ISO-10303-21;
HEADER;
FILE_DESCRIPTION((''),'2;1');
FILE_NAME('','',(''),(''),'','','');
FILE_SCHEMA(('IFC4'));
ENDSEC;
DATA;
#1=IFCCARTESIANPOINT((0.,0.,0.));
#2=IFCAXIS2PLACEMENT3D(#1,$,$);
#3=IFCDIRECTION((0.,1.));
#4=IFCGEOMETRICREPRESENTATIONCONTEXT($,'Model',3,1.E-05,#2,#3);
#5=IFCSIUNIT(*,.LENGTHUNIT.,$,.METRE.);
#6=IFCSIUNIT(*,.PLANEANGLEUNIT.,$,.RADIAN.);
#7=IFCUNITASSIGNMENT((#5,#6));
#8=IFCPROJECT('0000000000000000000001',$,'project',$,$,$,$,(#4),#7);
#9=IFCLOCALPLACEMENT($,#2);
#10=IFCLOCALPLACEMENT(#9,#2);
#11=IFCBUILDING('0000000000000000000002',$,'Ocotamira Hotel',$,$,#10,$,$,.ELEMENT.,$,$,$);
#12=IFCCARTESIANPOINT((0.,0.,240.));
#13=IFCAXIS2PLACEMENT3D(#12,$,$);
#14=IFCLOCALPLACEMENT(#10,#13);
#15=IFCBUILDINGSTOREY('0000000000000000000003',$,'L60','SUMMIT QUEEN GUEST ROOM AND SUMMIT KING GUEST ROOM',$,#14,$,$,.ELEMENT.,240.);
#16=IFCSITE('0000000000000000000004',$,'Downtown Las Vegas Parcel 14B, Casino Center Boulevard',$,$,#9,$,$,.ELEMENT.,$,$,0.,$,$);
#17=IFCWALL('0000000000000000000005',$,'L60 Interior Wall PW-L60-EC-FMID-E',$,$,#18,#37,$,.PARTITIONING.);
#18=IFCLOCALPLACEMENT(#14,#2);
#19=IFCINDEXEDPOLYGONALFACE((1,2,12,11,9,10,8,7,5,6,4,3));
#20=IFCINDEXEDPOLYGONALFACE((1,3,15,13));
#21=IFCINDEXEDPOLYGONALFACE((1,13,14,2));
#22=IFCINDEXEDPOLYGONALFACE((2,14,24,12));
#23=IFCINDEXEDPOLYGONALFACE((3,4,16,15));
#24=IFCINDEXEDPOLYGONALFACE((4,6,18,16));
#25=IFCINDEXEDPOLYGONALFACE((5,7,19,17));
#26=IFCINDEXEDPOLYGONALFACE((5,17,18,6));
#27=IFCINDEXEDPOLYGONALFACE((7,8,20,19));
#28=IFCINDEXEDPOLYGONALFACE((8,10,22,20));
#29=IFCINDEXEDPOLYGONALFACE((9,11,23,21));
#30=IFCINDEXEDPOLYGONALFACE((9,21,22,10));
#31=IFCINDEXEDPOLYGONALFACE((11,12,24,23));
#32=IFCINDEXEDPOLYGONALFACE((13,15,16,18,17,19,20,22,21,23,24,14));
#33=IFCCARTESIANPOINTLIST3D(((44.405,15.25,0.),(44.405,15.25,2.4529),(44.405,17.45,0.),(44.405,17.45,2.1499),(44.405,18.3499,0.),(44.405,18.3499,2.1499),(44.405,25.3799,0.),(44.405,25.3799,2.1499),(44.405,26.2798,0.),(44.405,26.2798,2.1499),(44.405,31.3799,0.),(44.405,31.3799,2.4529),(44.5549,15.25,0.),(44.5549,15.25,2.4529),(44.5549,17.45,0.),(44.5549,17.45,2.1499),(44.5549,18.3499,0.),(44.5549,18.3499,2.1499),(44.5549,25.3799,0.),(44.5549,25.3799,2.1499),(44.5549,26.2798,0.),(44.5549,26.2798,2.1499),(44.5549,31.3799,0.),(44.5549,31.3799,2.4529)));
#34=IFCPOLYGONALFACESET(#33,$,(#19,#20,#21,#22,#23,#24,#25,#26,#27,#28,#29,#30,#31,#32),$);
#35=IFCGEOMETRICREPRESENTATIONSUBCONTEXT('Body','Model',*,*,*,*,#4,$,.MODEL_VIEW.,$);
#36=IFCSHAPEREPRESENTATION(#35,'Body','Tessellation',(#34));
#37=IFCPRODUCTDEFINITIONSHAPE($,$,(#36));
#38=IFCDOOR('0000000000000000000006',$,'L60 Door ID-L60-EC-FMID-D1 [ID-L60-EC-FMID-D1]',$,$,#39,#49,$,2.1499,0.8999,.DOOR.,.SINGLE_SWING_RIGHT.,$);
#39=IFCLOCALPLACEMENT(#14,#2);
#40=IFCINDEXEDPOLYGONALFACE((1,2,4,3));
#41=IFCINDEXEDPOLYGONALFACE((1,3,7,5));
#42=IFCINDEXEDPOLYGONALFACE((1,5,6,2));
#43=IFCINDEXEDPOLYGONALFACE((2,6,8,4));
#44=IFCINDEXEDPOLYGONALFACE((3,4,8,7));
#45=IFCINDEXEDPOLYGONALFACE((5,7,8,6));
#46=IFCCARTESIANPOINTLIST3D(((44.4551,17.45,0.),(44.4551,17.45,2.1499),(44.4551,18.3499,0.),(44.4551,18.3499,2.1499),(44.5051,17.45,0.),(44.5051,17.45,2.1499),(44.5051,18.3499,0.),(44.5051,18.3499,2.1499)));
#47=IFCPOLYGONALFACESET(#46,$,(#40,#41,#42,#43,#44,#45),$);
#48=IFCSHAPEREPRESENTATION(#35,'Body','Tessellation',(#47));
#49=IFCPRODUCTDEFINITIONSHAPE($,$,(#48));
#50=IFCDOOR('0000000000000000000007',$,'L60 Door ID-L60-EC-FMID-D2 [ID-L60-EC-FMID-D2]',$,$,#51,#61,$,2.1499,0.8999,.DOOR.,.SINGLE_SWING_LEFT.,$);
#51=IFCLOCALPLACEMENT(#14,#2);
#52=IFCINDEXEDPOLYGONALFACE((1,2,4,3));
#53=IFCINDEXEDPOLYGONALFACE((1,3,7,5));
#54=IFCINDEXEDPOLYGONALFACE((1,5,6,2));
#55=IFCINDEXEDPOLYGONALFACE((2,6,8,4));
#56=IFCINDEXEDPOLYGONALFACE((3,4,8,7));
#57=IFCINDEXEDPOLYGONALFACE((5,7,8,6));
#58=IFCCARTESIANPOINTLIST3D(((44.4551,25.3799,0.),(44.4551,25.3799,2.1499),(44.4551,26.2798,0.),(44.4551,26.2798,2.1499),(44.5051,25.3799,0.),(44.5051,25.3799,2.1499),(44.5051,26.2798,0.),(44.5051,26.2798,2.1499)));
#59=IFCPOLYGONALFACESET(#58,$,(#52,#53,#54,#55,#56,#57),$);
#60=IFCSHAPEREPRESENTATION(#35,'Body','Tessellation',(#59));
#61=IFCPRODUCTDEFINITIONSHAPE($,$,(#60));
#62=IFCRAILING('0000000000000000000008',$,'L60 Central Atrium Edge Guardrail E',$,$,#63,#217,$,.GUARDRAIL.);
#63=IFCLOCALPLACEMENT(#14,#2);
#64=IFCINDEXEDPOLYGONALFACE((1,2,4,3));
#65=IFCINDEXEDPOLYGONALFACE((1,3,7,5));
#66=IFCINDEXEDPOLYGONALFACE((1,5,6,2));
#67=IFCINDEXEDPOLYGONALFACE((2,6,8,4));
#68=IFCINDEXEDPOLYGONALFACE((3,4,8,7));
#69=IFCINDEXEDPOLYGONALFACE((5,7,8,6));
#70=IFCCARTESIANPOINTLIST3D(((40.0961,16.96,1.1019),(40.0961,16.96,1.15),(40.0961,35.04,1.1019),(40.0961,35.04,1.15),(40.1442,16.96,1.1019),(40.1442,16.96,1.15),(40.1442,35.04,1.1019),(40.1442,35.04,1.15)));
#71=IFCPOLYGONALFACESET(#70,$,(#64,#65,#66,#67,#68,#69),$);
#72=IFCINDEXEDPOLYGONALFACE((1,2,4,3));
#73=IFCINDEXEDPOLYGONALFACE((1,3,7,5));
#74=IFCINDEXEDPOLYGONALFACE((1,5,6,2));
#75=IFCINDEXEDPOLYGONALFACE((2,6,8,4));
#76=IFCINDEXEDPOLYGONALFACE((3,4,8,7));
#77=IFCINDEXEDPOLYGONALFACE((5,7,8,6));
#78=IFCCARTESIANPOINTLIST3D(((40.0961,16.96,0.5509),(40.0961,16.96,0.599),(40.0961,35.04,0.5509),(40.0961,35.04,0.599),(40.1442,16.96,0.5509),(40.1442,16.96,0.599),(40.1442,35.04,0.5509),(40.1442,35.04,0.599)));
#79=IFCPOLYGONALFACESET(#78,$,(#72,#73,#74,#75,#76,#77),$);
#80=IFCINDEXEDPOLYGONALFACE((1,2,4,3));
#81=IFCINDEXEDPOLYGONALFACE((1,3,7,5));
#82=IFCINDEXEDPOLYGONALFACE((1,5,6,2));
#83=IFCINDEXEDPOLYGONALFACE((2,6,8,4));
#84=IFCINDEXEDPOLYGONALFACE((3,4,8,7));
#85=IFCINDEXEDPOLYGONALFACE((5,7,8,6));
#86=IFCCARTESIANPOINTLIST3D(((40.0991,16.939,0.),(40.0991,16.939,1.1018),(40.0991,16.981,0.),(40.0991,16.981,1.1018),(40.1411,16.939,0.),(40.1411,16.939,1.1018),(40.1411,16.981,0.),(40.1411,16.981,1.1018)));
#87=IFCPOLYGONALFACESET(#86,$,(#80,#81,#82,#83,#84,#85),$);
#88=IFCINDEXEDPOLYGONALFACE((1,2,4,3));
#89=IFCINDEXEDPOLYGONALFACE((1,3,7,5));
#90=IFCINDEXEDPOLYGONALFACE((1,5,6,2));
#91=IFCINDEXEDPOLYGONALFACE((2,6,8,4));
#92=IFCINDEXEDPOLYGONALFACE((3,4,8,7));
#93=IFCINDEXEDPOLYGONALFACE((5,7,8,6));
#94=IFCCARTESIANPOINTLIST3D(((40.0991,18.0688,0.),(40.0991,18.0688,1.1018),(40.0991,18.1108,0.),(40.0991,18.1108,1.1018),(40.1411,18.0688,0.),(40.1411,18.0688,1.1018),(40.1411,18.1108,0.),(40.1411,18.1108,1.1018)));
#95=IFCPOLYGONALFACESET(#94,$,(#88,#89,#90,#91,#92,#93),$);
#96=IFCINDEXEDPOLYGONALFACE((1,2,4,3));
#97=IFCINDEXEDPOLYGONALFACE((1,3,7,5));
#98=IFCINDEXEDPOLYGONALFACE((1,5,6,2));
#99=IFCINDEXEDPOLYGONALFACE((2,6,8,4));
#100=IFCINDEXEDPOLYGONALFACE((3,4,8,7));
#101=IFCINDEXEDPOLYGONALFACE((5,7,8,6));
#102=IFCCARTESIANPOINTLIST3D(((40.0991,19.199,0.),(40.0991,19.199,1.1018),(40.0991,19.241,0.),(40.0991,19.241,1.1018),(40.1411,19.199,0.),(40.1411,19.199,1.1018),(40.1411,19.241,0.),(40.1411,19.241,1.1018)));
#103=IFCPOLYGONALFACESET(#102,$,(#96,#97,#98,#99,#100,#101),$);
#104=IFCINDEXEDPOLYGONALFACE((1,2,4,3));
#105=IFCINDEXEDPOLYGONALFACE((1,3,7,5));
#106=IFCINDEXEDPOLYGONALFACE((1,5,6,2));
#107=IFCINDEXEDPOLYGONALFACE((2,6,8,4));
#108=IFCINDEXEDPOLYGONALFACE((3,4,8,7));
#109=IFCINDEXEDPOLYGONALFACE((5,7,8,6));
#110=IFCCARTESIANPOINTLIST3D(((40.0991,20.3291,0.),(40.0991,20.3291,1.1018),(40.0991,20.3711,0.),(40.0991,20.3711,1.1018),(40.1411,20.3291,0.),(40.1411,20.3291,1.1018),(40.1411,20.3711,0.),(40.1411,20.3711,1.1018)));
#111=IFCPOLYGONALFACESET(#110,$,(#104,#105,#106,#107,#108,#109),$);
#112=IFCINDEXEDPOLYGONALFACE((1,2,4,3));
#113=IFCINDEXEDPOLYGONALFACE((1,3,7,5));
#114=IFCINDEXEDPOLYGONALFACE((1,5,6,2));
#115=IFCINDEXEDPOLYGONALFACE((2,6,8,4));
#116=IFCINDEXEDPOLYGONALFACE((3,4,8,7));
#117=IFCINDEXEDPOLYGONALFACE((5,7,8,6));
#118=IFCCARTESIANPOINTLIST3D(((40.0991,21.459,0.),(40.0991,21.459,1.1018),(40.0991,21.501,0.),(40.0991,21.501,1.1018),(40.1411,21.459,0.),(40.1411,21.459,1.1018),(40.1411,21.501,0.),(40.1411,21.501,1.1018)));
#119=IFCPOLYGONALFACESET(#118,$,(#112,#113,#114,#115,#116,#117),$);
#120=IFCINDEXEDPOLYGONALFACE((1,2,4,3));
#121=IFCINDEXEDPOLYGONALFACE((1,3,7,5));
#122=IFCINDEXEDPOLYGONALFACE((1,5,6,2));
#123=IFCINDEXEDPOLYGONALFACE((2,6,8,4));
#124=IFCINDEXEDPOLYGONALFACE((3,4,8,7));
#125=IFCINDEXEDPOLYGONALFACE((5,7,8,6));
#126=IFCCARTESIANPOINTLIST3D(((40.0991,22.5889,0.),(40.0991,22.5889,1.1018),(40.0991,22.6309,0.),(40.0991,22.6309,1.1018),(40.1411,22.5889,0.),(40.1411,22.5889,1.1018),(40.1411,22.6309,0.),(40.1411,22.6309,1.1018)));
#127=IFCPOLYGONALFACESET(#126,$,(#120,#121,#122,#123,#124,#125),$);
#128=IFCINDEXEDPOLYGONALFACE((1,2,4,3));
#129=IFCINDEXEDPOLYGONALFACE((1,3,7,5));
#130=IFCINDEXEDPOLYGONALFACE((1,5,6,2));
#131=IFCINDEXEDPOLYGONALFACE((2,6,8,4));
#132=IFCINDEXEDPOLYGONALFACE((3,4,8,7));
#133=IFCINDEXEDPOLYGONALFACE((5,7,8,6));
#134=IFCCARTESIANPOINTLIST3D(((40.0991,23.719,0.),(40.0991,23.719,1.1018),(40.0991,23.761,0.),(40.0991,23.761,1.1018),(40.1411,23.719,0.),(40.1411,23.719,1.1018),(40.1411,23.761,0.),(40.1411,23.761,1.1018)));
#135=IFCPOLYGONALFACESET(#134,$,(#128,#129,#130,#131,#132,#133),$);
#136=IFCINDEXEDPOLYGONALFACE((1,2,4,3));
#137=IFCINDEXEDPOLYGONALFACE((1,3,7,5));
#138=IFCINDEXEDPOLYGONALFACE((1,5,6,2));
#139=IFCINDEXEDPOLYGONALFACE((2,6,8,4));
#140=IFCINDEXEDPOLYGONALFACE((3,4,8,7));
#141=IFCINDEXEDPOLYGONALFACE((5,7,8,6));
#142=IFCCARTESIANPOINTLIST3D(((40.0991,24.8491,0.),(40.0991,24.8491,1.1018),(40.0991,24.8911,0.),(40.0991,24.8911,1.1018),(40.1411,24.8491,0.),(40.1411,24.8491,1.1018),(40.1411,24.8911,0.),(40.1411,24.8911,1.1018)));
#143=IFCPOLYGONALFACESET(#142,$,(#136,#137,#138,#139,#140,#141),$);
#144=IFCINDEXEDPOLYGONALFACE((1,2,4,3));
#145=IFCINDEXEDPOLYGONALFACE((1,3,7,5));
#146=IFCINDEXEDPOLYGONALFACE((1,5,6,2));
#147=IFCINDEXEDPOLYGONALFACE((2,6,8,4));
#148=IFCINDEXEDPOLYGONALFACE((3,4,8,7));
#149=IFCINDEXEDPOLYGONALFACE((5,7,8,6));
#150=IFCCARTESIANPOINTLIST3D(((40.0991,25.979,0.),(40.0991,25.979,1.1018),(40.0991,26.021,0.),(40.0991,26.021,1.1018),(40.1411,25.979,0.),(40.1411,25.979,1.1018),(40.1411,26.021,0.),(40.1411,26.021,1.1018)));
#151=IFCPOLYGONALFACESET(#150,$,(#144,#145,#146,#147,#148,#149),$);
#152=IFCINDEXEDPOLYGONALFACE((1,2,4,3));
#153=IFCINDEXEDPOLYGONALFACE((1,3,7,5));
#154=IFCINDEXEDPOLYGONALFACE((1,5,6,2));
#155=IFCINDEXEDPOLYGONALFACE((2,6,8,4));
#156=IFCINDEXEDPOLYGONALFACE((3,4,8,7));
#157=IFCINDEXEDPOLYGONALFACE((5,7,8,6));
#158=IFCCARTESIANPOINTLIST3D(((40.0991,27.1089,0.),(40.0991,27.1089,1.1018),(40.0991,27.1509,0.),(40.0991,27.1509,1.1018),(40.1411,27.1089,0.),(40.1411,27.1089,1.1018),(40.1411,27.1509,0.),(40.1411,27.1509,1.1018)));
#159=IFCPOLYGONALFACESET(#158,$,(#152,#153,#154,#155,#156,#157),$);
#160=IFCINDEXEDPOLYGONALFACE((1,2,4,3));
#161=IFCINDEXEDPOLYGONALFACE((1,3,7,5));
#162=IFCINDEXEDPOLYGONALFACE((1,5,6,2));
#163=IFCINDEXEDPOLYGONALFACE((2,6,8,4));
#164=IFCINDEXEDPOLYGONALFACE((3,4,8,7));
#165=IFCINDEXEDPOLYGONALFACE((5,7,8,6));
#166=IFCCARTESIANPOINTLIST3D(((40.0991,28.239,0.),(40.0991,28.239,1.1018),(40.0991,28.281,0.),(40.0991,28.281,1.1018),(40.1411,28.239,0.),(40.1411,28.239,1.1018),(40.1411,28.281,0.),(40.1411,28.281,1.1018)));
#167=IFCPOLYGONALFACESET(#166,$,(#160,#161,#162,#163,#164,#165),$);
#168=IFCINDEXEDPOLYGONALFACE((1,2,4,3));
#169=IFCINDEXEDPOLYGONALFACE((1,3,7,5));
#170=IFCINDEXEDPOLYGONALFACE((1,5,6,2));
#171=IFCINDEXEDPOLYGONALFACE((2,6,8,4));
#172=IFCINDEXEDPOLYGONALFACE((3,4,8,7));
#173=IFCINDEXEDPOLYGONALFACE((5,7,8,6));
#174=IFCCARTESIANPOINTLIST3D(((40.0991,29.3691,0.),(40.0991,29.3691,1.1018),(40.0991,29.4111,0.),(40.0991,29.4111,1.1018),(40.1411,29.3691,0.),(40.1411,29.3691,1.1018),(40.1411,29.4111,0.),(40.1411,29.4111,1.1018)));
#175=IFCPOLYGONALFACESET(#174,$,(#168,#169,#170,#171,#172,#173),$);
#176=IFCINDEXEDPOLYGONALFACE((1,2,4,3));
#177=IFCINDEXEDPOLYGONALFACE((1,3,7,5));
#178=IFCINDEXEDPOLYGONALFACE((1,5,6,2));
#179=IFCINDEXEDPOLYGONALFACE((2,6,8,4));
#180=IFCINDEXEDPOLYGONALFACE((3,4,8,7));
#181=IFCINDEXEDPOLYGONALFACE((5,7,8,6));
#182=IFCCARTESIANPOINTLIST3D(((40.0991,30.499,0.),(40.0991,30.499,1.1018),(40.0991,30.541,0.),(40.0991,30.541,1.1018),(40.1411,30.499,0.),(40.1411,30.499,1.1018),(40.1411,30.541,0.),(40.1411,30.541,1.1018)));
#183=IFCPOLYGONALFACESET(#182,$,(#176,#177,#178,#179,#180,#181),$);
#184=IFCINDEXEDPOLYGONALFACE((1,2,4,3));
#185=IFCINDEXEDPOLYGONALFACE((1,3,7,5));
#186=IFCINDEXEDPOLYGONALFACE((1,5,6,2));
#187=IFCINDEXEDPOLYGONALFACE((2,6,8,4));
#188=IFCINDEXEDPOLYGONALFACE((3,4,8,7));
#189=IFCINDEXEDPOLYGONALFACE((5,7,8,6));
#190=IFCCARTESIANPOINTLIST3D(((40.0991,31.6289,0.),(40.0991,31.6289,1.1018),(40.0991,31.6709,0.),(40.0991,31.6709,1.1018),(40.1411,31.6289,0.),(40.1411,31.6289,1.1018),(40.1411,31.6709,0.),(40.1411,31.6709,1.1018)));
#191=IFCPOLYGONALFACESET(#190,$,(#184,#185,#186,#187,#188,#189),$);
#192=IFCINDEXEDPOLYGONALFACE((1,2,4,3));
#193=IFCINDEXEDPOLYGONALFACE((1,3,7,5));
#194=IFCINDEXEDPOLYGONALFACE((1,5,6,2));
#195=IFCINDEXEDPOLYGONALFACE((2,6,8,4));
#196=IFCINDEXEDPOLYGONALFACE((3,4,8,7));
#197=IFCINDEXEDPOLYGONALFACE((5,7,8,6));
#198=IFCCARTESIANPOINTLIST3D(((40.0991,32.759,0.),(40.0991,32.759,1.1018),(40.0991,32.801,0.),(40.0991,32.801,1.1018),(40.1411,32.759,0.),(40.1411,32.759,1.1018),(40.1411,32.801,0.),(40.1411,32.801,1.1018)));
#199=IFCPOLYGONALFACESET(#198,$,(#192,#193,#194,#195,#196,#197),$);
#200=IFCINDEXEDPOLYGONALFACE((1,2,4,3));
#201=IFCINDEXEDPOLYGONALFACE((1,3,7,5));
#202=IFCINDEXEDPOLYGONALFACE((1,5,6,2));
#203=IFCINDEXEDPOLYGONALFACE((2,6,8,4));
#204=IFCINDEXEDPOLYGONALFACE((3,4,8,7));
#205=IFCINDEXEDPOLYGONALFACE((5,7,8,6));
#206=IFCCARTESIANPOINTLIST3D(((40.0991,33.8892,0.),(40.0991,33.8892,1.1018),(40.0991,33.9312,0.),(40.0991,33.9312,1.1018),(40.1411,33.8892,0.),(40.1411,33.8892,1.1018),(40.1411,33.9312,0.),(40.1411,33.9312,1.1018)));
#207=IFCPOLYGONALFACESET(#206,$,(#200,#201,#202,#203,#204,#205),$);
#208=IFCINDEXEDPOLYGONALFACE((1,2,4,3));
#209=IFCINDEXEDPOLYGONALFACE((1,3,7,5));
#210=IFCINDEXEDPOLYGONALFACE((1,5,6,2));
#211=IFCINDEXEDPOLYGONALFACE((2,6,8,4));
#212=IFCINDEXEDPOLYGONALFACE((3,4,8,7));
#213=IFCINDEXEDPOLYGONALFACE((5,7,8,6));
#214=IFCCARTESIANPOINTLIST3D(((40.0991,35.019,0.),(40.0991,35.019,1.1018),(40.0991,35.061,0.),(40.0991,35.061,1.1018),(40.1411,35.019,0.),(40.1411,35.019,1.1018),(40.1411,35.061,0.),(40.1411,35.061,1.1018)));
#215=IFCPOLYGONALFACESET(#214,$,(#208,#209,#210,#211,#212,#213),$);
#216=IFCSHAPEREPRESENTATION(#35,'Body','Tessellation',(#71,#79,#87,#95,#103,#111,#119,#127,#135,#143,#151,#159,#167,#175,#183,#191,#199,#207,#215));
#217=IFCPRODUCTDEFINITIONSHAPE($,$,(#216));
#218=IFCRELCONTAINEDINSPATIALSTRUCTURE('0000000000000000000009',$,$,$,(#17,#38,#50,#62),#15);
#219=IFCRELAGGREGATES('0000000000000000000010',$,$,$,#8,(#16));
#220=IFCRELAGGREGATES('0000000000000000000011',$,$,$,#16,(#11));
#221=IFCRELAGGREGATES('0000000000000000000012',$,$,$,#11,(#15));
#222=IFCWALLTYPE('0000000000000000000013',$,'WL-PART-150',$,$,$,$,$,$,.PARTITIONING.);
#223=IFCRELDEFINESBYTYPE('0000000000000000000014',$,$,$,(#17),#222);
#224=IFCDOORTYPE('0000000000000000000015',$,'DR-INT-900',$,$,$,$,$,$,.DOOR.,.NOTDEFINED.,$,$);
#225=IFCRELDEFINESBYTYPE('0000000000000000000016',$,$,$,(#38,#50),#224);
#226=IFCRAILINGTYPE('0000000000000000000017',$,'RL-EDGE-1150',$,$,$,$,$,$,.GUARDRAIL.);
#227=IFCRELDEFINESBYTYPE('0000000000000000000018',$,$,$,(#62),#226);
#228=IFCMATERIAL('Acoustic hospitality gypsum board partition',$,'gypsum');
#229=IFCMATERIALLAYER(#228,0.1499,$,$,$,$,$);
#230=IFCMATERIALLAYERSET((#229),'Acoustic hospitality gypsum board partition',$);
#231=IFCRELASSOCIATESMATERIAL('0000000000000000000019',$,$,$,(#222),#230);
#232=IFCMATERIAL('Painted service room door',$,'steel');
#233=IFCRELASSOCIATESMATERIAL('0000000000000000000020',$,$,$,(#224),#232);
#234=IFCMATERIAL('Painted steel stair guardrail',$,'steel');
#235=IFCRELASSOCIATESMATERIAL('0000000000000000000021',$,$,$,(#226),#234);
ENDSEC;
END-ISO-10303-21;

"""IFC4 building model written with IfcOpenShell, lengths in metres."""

from ifc_helpers import new_model, si_unit, direction, frame, frame_2d, origin, origin_2d, place, context, subcontext, project, spatial, rectangle, extrude, source, transform, mapped, material, layer, layer_set, type_object, element, fill, save


model = new_model("IFC4")

# Units and contexts
model_context = context("Model", 3, precision=1e-05, world=origin(), true_north=direction((0.0, 1.0)))
body_context = subcontext(model_context, "Body", "Model", "MODEL_VIEW")
ifc_project = project(units=[si_unit("LENGTHUNIT", "METRE"), si_unit("PLANEANGLEUNIT", "RADIAN")], contexts=[model_context])

# Site, building, storey
site_placement = place(None, origin())
site = spatial("IfcSite", under=ifc_project, at=site_placement, Name="Downtown Las Vegas Parcel 14B, Casino Center Boulevard", CompositionType="ELEMENT", RefElevation=0.0)
building_placement = place(site_placement, origin())
building = spatial("IfcBuilding", under=site, at=building_placement, Name="Ocotamira Hotel", CompositionType="ELEMENT")
storey_placement = place(building_placement, frame((0.0, 0.0, 240.0)))
storey = spatial("IfcBuildingStorey", under=building, at=storey_placement, Name="L60", Description="SUMMIT QUEEN GUEST ROOM AND SUMMIT KING GUEST ROOM", CompositionType="ELEMENT", Elevation=240.0)

# Shared definitions
ifc_material_1 = material(Name="Acoustic hospitality gypsum board partition", Category="gypsum")

# Shared definitions
ifc_layer_1 = layer(ifc_material_1, 0.1499)
ifc_layer_set_1 = layer_set([ifc_layer_1], Name="Acoustic hospitality gypsum board partition")
wall_type_1 = type_object("IfcWallType", Name="WL-PART-150", PredefinedType="PARTITIONING", material=ifc_layer_set_1)
ifc_material_2 = material(Name="Painted service room door", Category="steel")
door_type_1 = type_object("IfcDoorType", Name="DR-INT-900", OperationType="NOTDEFINED", PredefinedType="DOOR", material=ifc_material_2)
shared_shape_1 = source(origin(), body_context, "Body", "SweptSolid", [
    extrude(rectangle(XDim=0.8999, YDim=2.1499, at=frame_2d((0.45, 1.075))), frame((0.0, 0.0249, 0.0), z_axis=(0.0, -1.0, 0.0), x_axis=(1.0, 0.0, 0.0)), (0.0, 0.0, 1.0), 0.05),
])

# Wall, openings, doors
wall_1_placement = place(storey_placement, frame((44.48, 15.25, 0.0), z_axis=(0.0, 0.0, 1.0), x_axis=(0.0, 1.0, 0.0)))
wall_1 = element("IfcWall", 1, at=wall_1_placement, inside=storey, type_object=wall_type_1, Name="L60 Interior Wall PW-L60-EC-FMID-E", PredefinedType="PARTITIONING", context=body_context, shape_type="SweptSolid", body=[
    extrude(rectangle(XDim=16.1299, YDim=0.1499, at=frame_2d((8.0649, 0.0))), origin(), (0.0, 0.0, 1.0), 2.4529),
])
opening_1_placement = place(wall_1_placement, frame((2.2, 0.0, 0.0)))
opening_1 = element("IfcOpeningElement", 2, at=opening_1_placement, cuts=wall_1, PredefinedType="OPENING", context=body_context, shape_type="SweptSolid", body=[
    extrude(rectangle(XDim=0.8999, YDim=2.1499, at=frame_2d((0.45, 1.075))), frame((0.0, 0.085, 0.0), z_axis=(0.0, -1.0, 0.0), x_axis=(1.0, 0.0, 0.0)), (0.0, 0.0, 1.0), 0.1699),
])
opening_2_placement = place(wall_1_placement, frame((10.1299, 0.0, 0.0)))
opening_2 = element("IfcOpeningElement", 3, at=opening_2_placement, cuts=wall_1, PredefinedType="OPENING", context=body_context, shape_type="SweptSolid", body=[
    extrude(rectangle(XDim=0.8999, YDim=2.1499, at=frame_2d((0.45, 1.075))), frame((0.0, 0.085, 0.0), z_axis=(0.0, -1.0, 0.0), x_axis=(1.0, 0.0, 0.0)), (0.0, 0.0, 1.0), 0.1699),
])
door_1_placement = place(opening_1_placement, origin())
door_1 = element("IfcDoor", 4, at=door_1_placement, inside=storey, type_object=door_type_1, Name="L60 Door ID-L60-EC-FMID-D1 [ID-L60-EC-FMID-D1]", OperationType="SINGLE_SWING_RIGHT", OverallHeight=2.1499, OverallWidth=0.8999, PredefinedType="DOOR", context=body_context, shape_type="MappedRepresentation", body=[
    mapped(shared_shape_1, transform((0.0, 0.0, 0.0), scale=1.0)),
])
fill(opening_1, door_1)
door_2_placement = place(opening_2_placement, origin())
door_2 = element("IfcDoor", 5, at=door_2_placement, inside=storey, type_object=door_type_1, Name="L60 Door ID-L60-EC-FMID-D2 [ID-L60-EC-FMID-D2]", OperationType="SINGLE_SWING_LEFT", OverallHeight=2.1499, OverallWidth=0.8999, PredefinedType="DOOR", context=body_context, shape_type="MappedRepresentation", body=[
    mapped(shared_shape_1, transform((0.0, 0.0, 0.0), scale=1.0)),
])
fill(opening_2, door_2)

# Railing
ifc_material_3 = material(Name="Painted steel stair guardrail", Category="steel")
railing_type = type_object("IfcRailingType", Name="RL-EDGE-1150", PredefinedType="GUARDRAIL", material=ifc_material_3)
railing_placement = place(storey_placement, frame((40.1201, 16.96, 0.0)))
element("IfcRailing", 6, at=railing_placement, inside=storey, type_object=railing_type, Name="L60 Central Atrium Edge Guardrail E", PredefinedType="GUARDRAIL", context=body_context, shape_type="SweptSolid", body=[
    extrude(rectangle(XDim=0.0481, YDim=0.0481, at=origin_2d()), frame((0.0, 0.0, 1.126), z_axis=(0.0, 1.0, 0.0), x_axis=(-1.0, 0.0, 0.0)), (0.0, 0.0, 1.0), 18.0801),
    extrude(rectangle(XDim=0.0481, YDim=0.0481, at=origin_2d()), frame((0.0, 0.0, 0.575), z_axis=(0.0, 1.0, 0.0), x_axis=(-1.0, 0.0, 0.0)), (0.0, 0.0, 1.0), 18.0801),
    extrude(rectangle(XDim=0.042, YDim=0.042, at=origin_2d()), origin(), (0.0, 0.0, 1.0), 1.1018),
    extrude(rectangle(XDim=0.042, YDim=0.042, at=origin_2d()), frame((0.0, 1.1299, 0.0)), (0.0, 0.0, 1.0), 1.1018),
    extrude(rectangle(XDim=0.042, YDim=0.042, at=origin_2d()), frame((0.0, 2.26, 0.0)), (0.0, 0.0, 1.0), 1.1018),
    extrude(rectangle(XDim=0.042, YDim=0.042, at=origin_2d()), frame((0.0, 3.3901, 0.0)), (0.0, 0.0, 1.0), 1.1018),
    extrude(rectangle(XDim=0.042, YDim=0.042, at=origin_2d()), frame((0.0, 4.52, 0.0)), (0.0, 0.0, 1.0), 1.1018),
    extrude(rectangle(XDim=0.042, YDim=0.042, at=origin_2d()), frame((0.0, 5.6499, 0.0)), (0.0, 0.0, 1.0), 1.1018),
    extrude(rectangle(XDim=0.042, YDim=0.042, at=origin_2d()), frame((0.0, 6.78, 0.0)), (0.0, 0.0, 1.0), 1.1018),
    extrude(rectangle(XDim=0.042, YDim=0.042, at=origin_2d()), frame((0.0, 7.9102, 0.0)), (0.0, 0.0, 1.0), 1.1018),
    extrude(rectangle(XDim=0.042, YDim=0.042, at=origin_2d()), frame((0.0, 9.04, 0.0)), (0.0, 0.0, 1.0), 1.1018),
    extrude(rectangle(XDim=0.042, YDim=0.042, at=origin_2d()), frame((0.0, 10.1699, 0.0)), (0.0, 0.0, 1.0), 1.1018),
    extrude(rectangle(XDim=0.042, YDim=0.042, at=origin_2d()), frame((0.0, 11.3, 0.0)), (0.0, 0.0, 1.0), 1.1018),
    extrude(rectangle(XDim=0.042, YDim=0.042, at=origin_2d()), frame((0.0, 12.4302, 0.0)), (0.0, 0.0, 1.0), 1.1018),
    extrude(rectangle(XDim=0.042, YDim=0.042, at=origin_2d()), frame((0.0, 13.5601, 0.0)), (0.0, 0.0, 1.0), 1.1018),
    extrude(rectangle(XDim=0.042, YDim=0.042, at=origin_2d()), frame((0.0, 14.6899, 0.0)), (0.0, 0.0, 1.0), 1.1018),
    extrude(rectangle(XDim=0.042, YDim=0.042, at=origin_2d()), frame((0.0, 15.8201, 0.0)), (0.0, 0.0, 1.0), 1.1018),
    extrude(rectangle(XDim=0.042, YDim=0.042, at=origin_2d()), frame((0.0, 16.9502, 0.0)), (0.0, 0.0, 1.0), 1.1018),
    extrude(rectangle(XDim=0.042, YDim=0.042, at=origin_2d()), frame((0.0, 18.0801, 0.0)), (0.0, 0.0, 1.0), 1.1018),
])

save(model, "model.ifc")
